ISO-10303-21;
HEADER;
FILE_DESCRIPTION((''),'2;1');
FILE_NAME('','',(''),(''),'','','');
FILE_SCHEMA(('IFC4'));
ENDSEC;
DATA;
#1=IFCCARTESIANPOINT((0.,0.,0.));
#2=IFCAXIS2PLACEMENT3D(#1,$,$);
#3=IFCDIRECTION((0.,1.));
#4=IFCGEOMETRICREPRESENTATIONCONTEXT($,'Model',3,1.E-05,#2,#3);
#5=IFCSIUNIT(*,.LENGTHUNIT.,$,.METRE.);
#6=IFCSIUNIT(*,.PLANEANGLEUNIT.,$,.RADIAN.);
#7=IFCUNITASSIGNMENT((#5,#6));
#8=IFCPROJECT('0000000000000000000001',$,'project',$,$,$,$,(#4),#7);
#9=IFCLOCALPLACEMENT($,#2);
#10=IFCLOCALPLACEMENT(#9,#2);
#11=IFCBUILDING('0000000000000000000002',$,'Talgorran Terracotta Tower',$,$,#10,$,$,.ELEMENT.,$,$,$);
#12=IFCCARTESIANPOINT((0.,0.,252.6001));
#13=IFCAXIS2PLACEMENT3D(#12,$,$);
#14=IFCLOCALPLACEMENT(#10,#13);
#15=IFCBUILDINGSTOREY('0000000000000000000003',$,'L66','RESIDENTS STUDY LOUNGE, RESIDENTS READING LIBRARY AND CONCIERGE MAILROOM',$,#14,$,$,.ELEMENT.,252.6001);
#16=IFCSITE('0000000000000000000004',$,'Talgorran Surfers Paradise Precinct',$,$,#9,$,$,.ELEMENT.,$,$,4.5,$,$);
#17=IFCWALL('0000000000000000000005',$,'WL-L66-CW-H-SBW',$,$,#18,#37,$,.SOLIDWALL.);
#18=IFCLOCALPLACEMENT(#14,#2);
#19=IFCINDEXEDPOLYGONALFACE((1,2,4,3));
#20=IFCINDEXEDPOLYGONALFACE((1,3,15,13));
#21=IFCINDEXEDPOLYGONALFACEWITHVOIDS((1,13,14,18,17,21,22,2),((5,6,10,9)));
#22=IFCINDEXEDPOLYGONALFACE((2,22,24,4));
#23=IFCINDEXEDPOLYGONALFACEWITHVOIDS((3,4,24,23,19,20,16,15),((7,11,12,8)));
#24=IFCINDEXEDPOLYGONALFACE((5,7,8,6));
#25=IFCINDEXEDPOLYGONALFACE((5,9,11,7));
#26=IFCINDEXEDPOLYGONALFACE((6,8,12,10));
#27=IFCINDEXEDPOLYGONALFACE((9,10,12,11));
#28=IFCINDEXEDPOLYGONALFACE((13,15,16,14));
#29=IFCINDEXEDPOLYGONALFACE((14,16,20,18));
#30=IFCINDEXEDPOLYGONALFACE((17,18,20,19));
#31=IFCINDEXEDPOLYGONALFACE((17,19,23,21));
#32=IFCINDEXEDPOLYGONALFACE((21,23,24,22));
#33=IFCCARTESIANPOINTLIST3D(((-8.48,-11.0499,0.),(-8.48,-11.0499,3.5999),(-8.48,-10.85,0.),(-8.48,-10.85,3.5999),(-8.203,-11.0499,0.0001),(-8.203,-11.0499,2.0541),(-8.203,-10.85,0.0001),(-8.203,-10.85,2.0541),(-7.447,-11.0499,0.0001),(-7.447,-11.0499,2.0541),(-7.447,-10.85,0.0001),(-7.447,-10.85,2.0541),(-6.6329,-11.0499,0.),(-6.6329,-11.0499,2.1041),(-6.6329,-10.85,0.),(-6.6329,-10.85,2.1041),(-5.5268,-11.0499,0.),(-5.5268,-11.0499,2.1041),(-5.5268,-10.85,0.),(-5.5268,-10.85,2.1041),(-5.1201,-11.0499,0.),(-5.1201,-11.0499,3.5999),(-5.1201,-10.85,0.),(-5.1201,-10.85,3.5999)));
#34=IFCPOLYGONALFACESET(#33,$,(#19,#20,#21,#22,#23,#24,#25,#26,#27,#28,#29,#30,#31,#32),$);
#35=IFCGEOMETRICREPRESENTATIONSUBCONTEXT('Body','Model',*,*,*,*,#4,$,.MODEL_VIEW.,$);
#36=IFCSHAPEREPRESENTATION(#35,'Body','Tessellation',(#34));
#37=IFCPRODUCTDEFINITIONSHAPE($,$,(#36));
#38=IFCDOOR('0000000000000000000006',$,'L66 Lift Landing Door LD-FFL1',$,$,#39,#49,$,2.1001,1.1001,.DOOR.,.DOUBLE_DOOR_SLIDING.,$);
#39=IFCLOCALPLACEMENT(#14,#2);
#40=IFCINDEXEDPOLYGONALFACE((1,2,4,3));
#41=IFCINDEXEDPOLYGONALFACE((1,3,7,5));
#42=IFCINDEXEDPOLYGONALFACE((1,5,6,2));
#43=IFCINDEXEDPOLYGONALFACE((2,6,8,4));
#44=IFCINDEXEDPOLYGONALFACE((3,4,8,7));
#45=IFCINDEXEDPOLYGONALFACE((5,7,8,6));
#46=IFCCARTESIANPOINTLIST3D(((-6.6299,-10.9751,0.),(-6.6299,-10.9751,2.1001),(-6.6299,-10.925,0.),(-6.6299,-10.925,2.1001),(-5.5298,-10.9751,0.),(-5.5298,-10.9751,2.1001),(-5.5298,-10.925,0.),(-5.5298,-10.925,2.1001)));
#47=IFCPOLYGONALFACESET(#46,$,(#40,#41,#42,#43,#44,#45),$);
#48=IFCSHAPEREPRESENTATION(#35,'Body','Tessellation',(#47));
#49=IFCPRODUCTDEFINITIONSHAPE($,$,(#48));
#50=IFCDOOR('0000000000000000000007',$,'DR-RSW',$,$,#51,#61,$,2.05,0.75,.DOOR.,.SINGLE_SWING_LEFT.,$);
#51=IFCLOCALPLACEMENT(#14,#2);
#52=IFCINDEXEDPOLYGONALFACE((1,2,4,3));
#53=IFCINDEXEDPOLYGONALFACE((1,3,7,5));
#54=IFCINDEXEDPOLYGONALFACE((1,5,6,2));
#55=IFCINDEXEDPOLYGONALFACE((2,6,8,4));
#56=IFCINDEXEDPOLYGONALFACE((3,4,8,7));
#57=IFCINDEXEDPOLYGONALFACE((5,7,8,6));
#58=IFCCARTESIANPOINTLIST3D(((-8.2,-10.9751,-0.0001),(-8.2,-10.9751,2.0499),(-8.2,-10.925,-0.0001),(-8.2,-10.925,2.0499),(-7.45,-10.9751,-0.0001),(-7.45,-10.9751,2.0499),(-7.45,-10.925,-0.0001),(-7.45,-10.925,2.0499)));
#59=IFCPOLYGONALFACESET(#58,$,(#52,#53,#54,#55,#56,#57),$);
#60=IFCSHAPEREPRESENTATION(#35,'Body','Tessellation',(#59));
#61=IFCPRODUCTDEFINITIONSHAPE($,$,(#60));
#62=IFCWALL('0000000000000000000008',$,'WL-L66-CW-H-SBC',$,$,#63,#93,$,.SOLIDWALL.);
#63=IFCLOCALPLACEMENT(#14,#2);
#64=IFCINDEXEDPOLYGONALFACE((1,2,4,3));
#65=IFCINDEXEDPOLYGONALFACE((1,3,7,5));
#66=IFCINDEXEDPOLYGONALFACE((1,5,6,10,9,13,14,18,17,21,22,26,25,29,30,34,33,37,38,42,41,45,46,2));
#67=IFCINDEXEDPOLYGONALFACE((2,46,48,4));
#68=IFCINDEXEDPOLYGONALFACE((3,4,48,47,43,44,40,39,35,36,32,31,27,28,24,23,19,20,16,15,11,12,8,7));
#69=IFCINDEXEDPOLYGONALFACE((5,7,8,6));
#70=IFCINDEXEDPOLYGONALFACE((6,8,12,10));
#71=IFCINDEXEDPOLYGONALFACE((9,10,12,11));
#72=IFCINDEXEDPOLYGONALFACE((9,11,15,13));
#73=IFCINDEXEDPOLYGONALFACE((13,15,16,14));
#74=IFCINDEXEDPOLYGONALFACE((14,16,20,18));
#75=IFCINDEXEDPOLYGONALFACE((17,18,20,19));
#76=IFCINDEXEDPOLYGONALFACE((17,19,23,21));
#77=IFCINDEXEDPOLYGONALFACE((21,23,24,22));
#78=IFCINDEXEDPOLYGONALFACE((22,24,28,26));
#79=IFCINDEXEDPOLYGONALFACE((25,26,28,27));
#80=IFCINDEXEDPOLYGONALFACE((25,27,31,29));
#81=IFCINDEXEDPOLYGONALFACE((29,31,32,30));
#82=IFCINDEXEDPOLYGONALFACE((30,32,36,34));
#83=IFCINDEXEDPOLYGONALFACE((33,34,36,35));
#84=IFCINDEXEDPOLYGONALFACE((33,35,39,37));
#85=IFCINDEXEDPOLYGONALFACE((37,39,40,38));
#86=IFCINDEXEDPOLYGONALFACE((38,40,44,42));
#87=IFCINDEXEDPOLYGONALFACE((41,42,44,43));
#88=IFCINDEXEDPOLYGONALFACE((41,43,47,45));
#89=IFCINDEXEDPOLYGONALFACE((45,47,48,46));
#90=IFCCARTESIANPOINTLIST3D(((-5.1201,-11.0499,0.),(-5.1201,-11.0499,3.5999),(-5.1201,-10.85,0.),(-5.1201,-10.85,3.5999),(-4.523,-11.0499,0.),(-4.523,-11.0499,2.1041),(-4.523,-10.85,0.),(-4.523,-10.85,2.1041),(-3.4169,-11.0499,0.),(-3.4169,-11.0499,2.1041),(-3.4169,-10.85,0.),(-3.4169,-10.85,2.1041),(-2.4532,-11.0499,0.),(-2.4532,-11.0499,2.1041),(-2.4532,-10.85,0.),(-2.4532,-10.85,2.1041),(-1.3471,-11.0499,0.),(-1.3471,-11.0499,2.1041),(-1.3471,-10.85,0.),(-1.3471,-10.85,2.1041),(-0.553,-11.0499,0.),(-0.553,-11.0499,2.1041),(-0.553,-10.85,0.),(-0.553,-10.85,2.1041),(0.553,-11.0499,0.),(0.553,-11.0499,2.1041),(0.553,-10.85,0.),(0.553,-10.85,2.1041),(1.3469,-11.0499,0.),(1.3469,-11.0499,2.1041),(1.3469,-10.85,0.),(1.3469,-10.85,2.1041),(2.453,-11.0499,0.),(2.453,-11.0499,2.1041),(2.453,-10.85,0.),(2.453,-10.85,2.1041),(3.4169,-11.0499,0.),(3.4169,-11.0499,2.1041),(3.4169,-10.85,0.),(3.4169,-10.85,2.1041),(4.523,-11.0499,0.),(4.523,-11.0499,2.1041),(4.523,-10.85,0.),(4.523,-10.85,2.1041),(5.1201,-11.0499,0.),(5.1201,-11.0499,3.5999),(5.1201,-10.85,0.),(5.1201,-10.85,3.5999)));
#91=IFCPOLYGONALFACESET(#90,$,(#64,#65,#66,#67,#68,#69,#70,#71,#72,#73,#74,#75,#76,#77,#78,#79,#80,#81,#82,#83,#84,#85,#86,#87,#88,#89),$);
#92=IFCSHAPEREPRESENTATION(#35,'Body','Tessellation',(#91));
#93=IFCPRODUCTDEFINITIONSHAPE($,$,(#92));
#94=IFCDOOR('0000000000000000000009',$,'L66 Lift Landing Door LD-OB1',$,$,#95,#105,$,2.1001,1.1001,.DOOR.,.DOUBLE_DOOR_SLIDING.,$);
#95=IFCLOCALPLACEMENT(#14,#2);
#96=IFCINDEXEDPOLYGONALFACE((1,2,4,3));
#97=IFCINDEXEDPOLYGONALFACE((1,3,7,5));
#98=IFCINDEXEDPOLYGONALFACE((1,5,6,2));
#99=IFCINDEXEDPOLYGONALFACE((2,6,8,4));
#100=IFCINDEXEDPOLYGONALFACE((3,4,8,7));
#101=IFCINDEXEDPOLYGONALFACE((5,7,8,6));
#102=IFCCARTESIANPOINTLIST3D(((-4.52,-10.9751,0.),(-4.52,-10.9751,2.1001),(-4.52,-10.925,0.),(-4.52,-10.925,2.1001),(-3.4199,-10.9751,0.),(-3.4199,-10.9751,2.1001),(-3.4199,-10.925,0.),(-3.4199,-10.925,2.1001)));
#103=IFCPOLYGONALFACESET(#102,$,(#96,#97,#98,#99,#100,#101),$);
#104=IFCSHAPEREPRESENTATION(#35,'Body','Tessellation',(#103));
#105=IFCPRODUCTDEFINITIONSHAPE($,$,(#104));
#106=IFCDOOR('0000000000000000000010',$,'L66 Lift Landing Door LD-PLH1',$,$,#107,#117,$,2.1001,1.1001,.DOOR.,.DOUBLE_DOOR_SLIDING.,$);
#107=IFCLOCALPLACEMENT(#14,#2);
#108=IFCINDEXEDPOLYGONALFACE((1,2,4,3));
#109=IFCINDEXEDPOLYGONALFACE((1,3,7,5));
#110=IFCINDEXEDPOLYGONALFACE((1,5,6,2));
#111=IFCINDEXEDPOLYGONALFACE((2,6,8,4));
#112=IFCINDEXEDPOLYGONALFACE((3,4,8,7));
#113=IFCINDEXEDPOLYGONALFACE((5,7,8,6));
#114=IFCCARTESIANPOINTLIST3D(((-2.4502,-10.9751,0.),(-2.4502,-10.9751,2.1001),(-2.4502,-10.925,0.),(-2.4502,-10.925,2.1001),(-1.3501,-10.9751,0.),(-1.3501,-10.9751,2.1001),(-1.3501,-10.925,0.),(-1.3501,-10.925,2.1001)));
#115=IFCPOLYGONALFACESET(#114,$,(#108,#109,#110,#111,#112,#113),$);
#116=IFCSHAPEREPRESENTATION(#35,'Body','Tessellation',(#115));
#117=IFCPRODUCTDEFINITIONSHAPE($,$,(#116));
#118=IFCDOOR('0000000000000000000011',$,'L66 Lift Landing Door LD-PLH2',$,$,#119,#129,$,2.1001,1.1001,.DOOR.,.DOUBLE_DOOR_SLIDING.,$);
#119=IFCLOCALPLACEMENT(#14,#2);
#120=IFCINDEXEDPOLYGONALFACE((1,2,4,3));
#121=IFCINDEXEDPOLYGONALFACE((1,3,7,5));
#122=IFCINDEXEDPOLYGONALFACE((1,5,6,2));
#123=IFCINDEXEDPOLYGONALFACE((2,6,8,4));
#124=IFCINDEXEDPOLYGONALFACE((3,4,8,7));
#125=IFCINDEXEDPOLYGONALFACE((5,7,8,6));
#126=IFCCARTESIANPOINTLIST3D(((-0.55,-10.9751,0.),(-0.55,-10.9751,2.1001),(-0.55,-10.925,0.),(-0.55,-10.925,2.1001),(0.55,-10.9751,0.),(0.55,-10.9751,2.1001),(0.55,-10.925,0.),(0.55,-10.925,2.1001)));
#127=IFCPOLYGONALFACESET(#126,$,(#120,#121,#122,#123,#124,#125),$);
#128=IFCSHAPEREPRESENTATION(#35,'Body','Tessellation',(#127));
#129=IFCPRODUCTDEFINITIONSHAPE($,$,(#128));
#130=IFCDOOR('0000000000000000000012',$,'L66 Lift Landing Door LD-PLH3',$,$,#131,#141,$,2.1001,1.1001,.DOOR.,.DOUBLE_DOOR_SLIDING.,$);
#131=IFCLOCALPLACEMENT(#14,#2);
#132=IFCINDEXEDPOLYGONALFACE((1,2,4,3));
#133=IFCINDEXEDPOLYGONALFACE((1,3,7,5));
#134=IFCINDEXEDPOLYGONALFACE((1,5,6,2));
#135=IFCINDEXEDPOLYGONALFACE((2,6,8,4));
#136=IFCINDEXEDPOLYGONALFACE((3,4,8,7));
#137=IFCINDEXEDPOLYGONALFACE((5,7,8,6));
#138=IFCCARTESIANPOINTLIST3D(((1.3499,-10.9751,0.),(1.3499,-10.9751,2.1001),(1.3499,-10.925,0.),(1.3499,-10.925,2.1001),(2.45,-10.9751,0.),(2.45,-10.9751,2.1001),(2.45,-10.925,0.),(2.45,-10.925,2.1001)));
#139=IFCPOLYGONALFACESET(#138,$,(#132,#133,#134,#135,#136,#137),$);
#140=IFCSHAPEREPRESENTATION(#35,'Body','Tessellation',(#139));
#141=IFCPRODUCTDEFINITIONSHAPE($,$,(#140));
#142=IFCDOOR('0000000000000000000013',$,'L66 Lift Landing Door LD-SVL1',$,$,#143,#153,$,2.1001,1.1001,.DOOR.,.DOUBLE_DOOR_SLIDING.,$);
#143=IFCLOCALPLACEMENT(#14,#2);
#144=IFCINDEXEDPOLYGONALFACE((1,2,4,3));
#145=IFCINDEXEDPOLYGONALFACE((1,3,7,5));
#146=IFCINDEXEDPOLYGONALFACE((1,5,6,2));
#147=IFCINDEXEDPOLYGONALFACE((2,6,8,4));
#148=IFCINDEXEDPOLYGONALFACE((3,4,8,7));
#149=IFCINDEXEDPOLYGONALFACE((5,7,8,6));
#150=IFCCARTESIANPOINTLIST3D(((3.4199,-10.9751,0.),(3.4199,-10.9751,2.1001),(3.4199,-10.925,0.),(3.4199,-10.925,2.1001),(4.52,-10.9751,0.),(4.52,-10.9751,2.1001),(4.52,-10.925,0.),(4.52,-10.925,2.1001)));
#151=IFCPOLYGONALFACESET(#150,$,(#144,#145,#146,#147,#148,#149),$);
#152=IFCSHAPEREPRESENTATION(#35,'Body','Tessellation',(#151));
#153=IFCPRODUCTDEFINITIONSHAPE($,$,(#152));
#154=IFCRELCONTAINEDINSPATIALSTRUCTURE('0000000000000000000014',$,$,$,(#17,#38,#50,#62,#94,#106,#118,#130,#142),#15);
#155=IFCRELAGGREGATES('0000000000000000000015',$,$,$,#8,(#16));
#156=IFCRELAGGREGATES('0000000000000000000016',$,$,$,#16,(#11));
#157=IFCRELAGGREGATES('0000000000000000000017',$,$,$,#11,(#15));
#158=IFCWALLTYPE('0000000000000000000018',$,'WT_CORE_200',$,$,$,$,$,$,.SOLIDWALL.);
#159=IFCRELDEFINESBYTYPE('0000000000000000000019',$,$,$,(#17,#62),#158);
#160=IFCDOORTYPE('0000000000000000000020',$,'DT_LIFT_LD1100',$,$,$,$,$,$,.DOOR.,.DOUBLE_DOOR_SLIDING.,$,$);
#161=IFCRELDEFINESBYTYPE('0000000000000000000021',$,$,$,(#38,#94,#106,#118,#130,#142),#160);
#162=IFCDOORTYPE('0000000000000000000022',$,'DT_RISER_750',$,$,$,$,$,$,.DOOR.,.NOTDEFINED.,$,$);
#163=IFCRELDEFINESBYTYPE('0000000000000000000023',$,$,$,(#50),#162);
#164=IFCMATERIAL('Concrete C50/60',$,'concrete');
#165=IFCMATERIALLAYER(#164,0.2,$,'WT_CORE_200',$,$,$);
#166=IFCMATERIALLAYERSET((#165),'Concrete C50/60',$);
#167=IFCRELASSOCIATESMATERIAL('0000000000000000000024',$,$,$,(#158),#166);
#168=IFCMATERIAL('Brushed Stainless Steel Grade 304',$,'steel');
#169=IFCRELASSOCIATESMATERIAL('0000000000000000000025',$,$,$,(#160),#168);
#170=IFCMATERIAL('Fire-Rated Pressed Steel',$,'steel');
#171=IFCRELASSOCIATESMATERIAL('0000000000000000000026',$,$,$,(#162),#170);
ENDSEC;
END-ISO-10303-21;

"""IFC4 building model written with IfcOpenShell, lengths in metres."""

from ifc_helpers import new_model, si_unit, direction, frame, frame_2d, origin, place, context, subcontext, project, spatial, rectangle, extrude, material, layer, layer_set, type_object, element, fill, save


model = new_model("IFC4")

# Units and contexts
model_context = context("Model", 3, precision=1e-05, world=origin(), true_north=direction((0.0, 1.0)))
body_context = subcontext(model_context, "Body", "Model", "MODEL_VIEW")
ifc_project = project(units=[si_unit("LENGTHUNIT", "METRE"), si_unit("PLANEANGLEUNIT", "RADIAN")], contexts=[model_context])

# Site, building, storey
site_placement = place(None, origin())
site = spatial("IfcSite", under=ifc_project, at=site_placement, Name="Talgorran Surfers Paradise Precinct", CompositionType="ELEMENT", RefElevation=4.5)
building_placement = place(site_placement, origin())
building = spatial("IfcBuilding", under=site, at=building_placement, Name="Talgorran Terracotta Tower", CompositionType="ELEMENT")
storey_placement = place(building_placement, frame((0.0, 0.0, 252.6001)))
storey = spatial("IfcBuildingStorey", under=building, at=storey_placement, Name="L66", Description="RESIDENTS STUDY LOUNGE, RESIDENTS READING LIBRARY AND CONCIERGE MAILROOM", CompositionType="ELEMENT", Elevation=252.6001)

# Shared definitions
ifc_material_1 = material(Name="Concrete C50/60", Category="concrete")

# Walls, openings, doors
ifc_layer_1 = layer(ifc_material_1, 0.2, Name="WT_CORE_200")
ifc_layer_set_1 = layer_set([ifc_layer_1], Name="Concrete C50/60")
wall_type_1 = type_object("IfcWallType", Name="WT_CORE_200", PredefinedType="SOLIDWALL", material=ifc_layer_set_1)
wall_1_placement = place(storey_placement, frame((-8.48, -10.95, 0.0), z_axis=(0.0, 0.0, 1.0), x_axis=(1.0, 0.0, 0.0)))
wall_1 = element("IfcWall", 1, at=wall_1_placement, inside=storey, type_object=wall_type_1, Name="WL-L66-CW-H-SBW", PredefinedType="SOLIDWALL", context=body_context, shape_type="SweptSolid", body=[
    extrude(rectangle(XDim=3.3599, YDim=0.2, at=frame_2d((1.6799, 0.0))), origin(), (0.0, 0.0, 1.0), 3.5999),
])
opening_1_placement = place(wall_1_placement, frame((0.28, 0.0, 0.0)))
opening_1 = element("IfcOpeningElement", 2, at=opening_1_placement, cuts=wall_1, PredefinedType="OPENING", context=body_context, shape_type="SweptSolid", body=[
    extrude(rectangle(XDim=0.756, YDim=2.054, at=frame_2d((0.375, 1.0271))), frame((0.0, 0.1099, 0.0), z_axis=(0.0, -1.0, 0.0), x_axis=(1.0, 0.0, 0.0)), (0.0, 0.0, 1.0), 0.22),
])
opening_2_placement = place(wall_1_placement, frame((1.8501, 0.0, 0.0)))
opening_2 = element("IfcOpeningElement", 3, at=opening_2_placement, cuts=wall_1, PredefinedType="OPENING", context=body_context, shape_type="SweptSolid", body=[
    extrude(rectangle(XDim=1.1061, YDim=2.1041, at=frame_2d((0.55, 1.052))), frame((0.0, 0.1099, 0.0), z_axis=(0.0, -1.0, 0.0), x_axis=(1.0, 0.0, 0.0)), (0.0, 0.0, 1.0), 0.22),
])
ifc_material_2 = material(Name="Brushed Stainless Steel Grade 304", Category="steel")
door_type_1 = type_object("IfcDoorType", Name="DT_LIFT_LD1100", OperationType="DOUBLE_DOOR_SLIDING", PredefinedType="DOOR", material=ifc_material_2)
door_1_placement = place(opening_2_placement, origin())
door_1 = element("IfcDoor", 4, at=door_1_placement, inside=storey, type_object=door_type_1, Name="L66 Lift Landing Door LD-FFL1", OperationType="DOUBLE_DOOR_SLIDING", OverallHeight=2.1001, OverallWidth=1.1001, PredefinedType="DOOR", context=body_context, shape_type="SweptSolid", body=[
    extrude(rectangle(XDim=1.1001, YDim=2.1001, at=frame_2d((0.55, 1.05))), frame((0.0, 0.0249, 0.0), z_axis=(0.0, -1.0, 0.0), x_axis=(1.0, 0.0, 0.0)), (0.0, 0.0, 1.0), 0.05),
])
fill(opening_2, door_1)
ifc_material_3 = material(Name="Fire-Rated Pressed Steel", Category="steel")
door_type_2 = type_object("IfcDoorType", Name="DT_RISER_750", OperationType="NOTDEFINED", PredefinedType="DOOR", material=ifc_material_3)
door_2_placement = place(opening_1_placement, origin())
door_2 = element("IfcDoor", 5, at=door_2_placement, inside=storey, type_object=door_type_2, Name="DR-RSW", OperationType="SINGLE_SWING_LEFT", OverallHeight=2.05, OverallWidth=0.75, PredefinedType="DOOR", context=body_context, shape_type="SweptSolid", body=[
    extrude(rectangle(XDim=0.75, YDim=2.05, at=frame_2d((0.375, 1.0249))), frame((0.0, 0.0249, 0.0), z_axis=(0.0, -1.0, 0.0), x_axis=(1.0, 0.0, 0.0)), (0.0, 0.0, 1.0), 0.05),
])
fill(opening_1, door_2)
wall_2_placement = place(storey_placement, frame((-5.1201, -10.95, 0.0), z_axis=(0.0, 0.0, 1.0), x_axis=(1.0, 0.0, 0.0)))
wall_2 = element("IfcWall", 6, at=wall_2_placement, inside=storey, type_object=wall_type_1, Name="WL-L66-CW-H-SBC", PredefinedType="SOLIDWALL", context=body_context, shape_type="SweptSolid", body=[
    extrude(rectangle(XDim=10.2402, YDim=0.2, at=frame_2d((5.1201, 0.0))), origin(), (0.0, 0.0, 1.0), 3.5999),
])
opening_3_placement = place(wall_2_placement, frame((0.6001, 0.0, 0.0)))
opening_3 = element("IfcOpeningElement", 7, at=opening_3_placement, cuts=wall_2, PredefinedType="OPENING", context=body_context, shape_type="SweptSolid", body=[
    extrude(rectangle(XDim=1.1061, YDim=2.1041, at=frame_2d((0.55, 1.052))), frame((0.0, 0.1099, 0.0), z_axis=(0.0, -1.0, 0.0), x_axis=(1.0, 0.0, 0.0)), (0.0, 0.0, 1.0), 0.22),
])
opening_4_placement = place(wall_2_placement, frame((2.6699, 0.0, 0.0)))
opening_4 = element("IfcOpeningElement", 8, at=opening_4_placement, cuts=wall_2, PredefinedType="OPENING", context=body_context, shape_type="SweptSolid", body=[
    extrude(rectangle(XDim=1.1061, YDim=2.1041, at=frame_2d((0.55, 1.052))), frame((0.0, 0.1099, 0.0), z_axis=(0.0, -1.0, 0.0), x_axis=(1.0, 0.0, 0.0)), (0.0, 0.0, 1.0), 0.22),
])
opening_5_placement = place(wall_2_placement, frame((4.5701, 0.0, 0.0)))
opening_5 = element("IfcOpeningElement", 9, at=opening_5_placement, cuts=wall_2, PredefinedType="OPENING", context=body_context, shape_type="SweptSolid", body=[
    extrude(rectangle(XDim=1.1061, YDim=2.1041, at=frame_2d((0.55, 1.052))), frame((0.0, 0.1099, 0.0), z_axis=(0.0, -1.0, 0.0), x_axis=(1.0, 0.0, 0.0)), (0.0, 0.0, 1.0), 0.22),
])
opening_6_placement = place(wall_2_placement, frame((6.47, 0.0, 0.0)))
opening_6 = element("IfcOpeningElement", 10, at=opening_6_placement, cuts=wall_2, PredefinedType="OPENING", context=body_context, shape_type="SweptSolid", body=[
    extrude(rectangle(XDim=1.1061, YDim=2.1041, at=frame_2d((0.55, 1.052))), frame((0.0, 0.1099, 0.0), z_axis=(0.0, -1.0, 0.0), x_axis=(1.0, 0.0, 0.0)), (0.0, 0.0, 1.0), 0.22),
])
opening_7_placement = place(wall_2_placement, frame((8.54, 0.0, 0.0)))
opening_7 = element("IfcOpeningElement", 11, at=opening_7_placement, cuts=wall_2, PredefinedType="OPENING", context=body_context, shape_type="SweptSolid", body=[
    extrude(rectangle(XDim=1.1061, YDim=2.1041, at=frame_2d((0.55, 1.052))), frame((0.0, 0.1099, 0.0), z_axis=(0.0, -1.0, 0.0), x_axis=(1.0, 0.0, 0.0)), (0.0, 0.0, 1.0), 0.22),
])
door_3_placement = place(opening_3_placement, origin())
door_3 = element("IfcDoor", 12, at=door_3_placement, inside=storey, type_object=door_type_1, Name="L66 Lift Landing Door LD-OB1", OperationType="DOUBLE_DOOR_SLIDING", OverallHeight=2.1001, OverallWidth=1.1001, PredefinedType="DOOR", context=body_context, shape_type="SweptSolid", body=[
    extrude(rectangle(XDim=1.1001, YDim=2.1001, at=frame_2d((0.55, 1.05))), frame((0.0, 0.0249, 0.0), z_axis=(0.0, -1.0, 0.0), x_axis=(1.0, 0.0, 0.0)), (0.0, 0.0, 1.0), 0.05),
])
fill(opening_3, door_3)
door_4_placement = place(opening_4_placement, origin())
door_4 = element("IfcDoor", 13, at=door_4_placement, inside=storey, type_object=door_type_1, Name="L66 Lift Landing Door LD-PLH1", OperationType="DOUBLE_DOOR_SLIDING", OverallHeight=2.1001, OverallWidth=1.1001, PredefinedType="DOOR", context=body_context, shape_type="SweptSolid", body=[
    extrude(rectangle(XDim=1.1001, YDim=2.1001, at=frame_2d((0.55, 1.05))), frame((0.0, 0.0249, 0.0), z_axis=(0.0, -1.0, 0.0), x_axis=(1.0, 0.0, 0.0)), (0.0, 0.0, 1.0), 0.05),
])
fill(opening_4, door_4)
door_5_placement = place(opening_5_placement, origin())
door_5 = element("IfcDoor", 14, at=door_5_placement, inside=storey, type_object=door_type_1, Name="L66 Lift Landing Door LD-PLH2", OperationType="DOUBLE_DOOR_SLIDING", OverallHeight=2.1001, OverallWidth=1.1001, PredefinedType="DOOR", context=body_context, shape_type="SweptSolid", body=[
    extrude(rectangle(XDim=1.1001, YDim=2.1001, at=frame_2d((0.55, 1.05))), frame((0.0, 0.0249, 0.0), z_axis=(0.0, -1.0, 0.0), x_axis=(1.0, 0.0, 0.0)), (0.0, 0.0, 1.0), 0.05),
])
fill(opening_5, door_5)
door_6_placement = place(opening_6_placement, origin())
door_6 = element("IfcDoor", 15, at=door_6_placement, inside=storey, type_object=door_type_1, Name="L66 Lift Landing Door LD-PLH3", OperationType="DOUBLE_DOOR_SLIDING", OverallHeight=2.1001, OverallWidth=1.1001, PredefinedType="DOOR", context=body_context, shape_type="SweptSolid", body=[
    extrude(rectangle(XDim=1.1001, YDim=2.1001, at=frame_2d((0.55, 1.05))), frame((0.0, 0.0249, 0.0), z_axis=(0.0, -1.0, 0.0), x_axis=(1.0, 0.0, 0.0)), (0.0, 0.0, 1.0), 0.05),
])
fill(opening_6, door_6)
door_7_placement = place(opening_7_placement, origin())
door_7 = element("IfcDoor", 16, at=door_7_placement, inside=storey, type_object=door_type_1, Name="L66 Lift Landing Door LD-SVL1", OperationType="DOUBLE_DOOR_SLIDING", OverallHeight=2.1001, OverallWidth=1.1001, PredefinedType="DOOR", context=body_context, shape_type="SweptSolid", body=[
    extrude(rectangle(XDim=1.1001, YDim=2.1001, at=frame_2d((0.55, 1.05))), frame((0.0, 0.0249, 0.0), z_axis=(0.0, -1.0, 0.0), x_axis=(1.0, 0.0, 0.0)), (0.0, 0.0, 1.0), 0.05),
])
fill(opening_7, door_7)

save(model, "model.ifc")
